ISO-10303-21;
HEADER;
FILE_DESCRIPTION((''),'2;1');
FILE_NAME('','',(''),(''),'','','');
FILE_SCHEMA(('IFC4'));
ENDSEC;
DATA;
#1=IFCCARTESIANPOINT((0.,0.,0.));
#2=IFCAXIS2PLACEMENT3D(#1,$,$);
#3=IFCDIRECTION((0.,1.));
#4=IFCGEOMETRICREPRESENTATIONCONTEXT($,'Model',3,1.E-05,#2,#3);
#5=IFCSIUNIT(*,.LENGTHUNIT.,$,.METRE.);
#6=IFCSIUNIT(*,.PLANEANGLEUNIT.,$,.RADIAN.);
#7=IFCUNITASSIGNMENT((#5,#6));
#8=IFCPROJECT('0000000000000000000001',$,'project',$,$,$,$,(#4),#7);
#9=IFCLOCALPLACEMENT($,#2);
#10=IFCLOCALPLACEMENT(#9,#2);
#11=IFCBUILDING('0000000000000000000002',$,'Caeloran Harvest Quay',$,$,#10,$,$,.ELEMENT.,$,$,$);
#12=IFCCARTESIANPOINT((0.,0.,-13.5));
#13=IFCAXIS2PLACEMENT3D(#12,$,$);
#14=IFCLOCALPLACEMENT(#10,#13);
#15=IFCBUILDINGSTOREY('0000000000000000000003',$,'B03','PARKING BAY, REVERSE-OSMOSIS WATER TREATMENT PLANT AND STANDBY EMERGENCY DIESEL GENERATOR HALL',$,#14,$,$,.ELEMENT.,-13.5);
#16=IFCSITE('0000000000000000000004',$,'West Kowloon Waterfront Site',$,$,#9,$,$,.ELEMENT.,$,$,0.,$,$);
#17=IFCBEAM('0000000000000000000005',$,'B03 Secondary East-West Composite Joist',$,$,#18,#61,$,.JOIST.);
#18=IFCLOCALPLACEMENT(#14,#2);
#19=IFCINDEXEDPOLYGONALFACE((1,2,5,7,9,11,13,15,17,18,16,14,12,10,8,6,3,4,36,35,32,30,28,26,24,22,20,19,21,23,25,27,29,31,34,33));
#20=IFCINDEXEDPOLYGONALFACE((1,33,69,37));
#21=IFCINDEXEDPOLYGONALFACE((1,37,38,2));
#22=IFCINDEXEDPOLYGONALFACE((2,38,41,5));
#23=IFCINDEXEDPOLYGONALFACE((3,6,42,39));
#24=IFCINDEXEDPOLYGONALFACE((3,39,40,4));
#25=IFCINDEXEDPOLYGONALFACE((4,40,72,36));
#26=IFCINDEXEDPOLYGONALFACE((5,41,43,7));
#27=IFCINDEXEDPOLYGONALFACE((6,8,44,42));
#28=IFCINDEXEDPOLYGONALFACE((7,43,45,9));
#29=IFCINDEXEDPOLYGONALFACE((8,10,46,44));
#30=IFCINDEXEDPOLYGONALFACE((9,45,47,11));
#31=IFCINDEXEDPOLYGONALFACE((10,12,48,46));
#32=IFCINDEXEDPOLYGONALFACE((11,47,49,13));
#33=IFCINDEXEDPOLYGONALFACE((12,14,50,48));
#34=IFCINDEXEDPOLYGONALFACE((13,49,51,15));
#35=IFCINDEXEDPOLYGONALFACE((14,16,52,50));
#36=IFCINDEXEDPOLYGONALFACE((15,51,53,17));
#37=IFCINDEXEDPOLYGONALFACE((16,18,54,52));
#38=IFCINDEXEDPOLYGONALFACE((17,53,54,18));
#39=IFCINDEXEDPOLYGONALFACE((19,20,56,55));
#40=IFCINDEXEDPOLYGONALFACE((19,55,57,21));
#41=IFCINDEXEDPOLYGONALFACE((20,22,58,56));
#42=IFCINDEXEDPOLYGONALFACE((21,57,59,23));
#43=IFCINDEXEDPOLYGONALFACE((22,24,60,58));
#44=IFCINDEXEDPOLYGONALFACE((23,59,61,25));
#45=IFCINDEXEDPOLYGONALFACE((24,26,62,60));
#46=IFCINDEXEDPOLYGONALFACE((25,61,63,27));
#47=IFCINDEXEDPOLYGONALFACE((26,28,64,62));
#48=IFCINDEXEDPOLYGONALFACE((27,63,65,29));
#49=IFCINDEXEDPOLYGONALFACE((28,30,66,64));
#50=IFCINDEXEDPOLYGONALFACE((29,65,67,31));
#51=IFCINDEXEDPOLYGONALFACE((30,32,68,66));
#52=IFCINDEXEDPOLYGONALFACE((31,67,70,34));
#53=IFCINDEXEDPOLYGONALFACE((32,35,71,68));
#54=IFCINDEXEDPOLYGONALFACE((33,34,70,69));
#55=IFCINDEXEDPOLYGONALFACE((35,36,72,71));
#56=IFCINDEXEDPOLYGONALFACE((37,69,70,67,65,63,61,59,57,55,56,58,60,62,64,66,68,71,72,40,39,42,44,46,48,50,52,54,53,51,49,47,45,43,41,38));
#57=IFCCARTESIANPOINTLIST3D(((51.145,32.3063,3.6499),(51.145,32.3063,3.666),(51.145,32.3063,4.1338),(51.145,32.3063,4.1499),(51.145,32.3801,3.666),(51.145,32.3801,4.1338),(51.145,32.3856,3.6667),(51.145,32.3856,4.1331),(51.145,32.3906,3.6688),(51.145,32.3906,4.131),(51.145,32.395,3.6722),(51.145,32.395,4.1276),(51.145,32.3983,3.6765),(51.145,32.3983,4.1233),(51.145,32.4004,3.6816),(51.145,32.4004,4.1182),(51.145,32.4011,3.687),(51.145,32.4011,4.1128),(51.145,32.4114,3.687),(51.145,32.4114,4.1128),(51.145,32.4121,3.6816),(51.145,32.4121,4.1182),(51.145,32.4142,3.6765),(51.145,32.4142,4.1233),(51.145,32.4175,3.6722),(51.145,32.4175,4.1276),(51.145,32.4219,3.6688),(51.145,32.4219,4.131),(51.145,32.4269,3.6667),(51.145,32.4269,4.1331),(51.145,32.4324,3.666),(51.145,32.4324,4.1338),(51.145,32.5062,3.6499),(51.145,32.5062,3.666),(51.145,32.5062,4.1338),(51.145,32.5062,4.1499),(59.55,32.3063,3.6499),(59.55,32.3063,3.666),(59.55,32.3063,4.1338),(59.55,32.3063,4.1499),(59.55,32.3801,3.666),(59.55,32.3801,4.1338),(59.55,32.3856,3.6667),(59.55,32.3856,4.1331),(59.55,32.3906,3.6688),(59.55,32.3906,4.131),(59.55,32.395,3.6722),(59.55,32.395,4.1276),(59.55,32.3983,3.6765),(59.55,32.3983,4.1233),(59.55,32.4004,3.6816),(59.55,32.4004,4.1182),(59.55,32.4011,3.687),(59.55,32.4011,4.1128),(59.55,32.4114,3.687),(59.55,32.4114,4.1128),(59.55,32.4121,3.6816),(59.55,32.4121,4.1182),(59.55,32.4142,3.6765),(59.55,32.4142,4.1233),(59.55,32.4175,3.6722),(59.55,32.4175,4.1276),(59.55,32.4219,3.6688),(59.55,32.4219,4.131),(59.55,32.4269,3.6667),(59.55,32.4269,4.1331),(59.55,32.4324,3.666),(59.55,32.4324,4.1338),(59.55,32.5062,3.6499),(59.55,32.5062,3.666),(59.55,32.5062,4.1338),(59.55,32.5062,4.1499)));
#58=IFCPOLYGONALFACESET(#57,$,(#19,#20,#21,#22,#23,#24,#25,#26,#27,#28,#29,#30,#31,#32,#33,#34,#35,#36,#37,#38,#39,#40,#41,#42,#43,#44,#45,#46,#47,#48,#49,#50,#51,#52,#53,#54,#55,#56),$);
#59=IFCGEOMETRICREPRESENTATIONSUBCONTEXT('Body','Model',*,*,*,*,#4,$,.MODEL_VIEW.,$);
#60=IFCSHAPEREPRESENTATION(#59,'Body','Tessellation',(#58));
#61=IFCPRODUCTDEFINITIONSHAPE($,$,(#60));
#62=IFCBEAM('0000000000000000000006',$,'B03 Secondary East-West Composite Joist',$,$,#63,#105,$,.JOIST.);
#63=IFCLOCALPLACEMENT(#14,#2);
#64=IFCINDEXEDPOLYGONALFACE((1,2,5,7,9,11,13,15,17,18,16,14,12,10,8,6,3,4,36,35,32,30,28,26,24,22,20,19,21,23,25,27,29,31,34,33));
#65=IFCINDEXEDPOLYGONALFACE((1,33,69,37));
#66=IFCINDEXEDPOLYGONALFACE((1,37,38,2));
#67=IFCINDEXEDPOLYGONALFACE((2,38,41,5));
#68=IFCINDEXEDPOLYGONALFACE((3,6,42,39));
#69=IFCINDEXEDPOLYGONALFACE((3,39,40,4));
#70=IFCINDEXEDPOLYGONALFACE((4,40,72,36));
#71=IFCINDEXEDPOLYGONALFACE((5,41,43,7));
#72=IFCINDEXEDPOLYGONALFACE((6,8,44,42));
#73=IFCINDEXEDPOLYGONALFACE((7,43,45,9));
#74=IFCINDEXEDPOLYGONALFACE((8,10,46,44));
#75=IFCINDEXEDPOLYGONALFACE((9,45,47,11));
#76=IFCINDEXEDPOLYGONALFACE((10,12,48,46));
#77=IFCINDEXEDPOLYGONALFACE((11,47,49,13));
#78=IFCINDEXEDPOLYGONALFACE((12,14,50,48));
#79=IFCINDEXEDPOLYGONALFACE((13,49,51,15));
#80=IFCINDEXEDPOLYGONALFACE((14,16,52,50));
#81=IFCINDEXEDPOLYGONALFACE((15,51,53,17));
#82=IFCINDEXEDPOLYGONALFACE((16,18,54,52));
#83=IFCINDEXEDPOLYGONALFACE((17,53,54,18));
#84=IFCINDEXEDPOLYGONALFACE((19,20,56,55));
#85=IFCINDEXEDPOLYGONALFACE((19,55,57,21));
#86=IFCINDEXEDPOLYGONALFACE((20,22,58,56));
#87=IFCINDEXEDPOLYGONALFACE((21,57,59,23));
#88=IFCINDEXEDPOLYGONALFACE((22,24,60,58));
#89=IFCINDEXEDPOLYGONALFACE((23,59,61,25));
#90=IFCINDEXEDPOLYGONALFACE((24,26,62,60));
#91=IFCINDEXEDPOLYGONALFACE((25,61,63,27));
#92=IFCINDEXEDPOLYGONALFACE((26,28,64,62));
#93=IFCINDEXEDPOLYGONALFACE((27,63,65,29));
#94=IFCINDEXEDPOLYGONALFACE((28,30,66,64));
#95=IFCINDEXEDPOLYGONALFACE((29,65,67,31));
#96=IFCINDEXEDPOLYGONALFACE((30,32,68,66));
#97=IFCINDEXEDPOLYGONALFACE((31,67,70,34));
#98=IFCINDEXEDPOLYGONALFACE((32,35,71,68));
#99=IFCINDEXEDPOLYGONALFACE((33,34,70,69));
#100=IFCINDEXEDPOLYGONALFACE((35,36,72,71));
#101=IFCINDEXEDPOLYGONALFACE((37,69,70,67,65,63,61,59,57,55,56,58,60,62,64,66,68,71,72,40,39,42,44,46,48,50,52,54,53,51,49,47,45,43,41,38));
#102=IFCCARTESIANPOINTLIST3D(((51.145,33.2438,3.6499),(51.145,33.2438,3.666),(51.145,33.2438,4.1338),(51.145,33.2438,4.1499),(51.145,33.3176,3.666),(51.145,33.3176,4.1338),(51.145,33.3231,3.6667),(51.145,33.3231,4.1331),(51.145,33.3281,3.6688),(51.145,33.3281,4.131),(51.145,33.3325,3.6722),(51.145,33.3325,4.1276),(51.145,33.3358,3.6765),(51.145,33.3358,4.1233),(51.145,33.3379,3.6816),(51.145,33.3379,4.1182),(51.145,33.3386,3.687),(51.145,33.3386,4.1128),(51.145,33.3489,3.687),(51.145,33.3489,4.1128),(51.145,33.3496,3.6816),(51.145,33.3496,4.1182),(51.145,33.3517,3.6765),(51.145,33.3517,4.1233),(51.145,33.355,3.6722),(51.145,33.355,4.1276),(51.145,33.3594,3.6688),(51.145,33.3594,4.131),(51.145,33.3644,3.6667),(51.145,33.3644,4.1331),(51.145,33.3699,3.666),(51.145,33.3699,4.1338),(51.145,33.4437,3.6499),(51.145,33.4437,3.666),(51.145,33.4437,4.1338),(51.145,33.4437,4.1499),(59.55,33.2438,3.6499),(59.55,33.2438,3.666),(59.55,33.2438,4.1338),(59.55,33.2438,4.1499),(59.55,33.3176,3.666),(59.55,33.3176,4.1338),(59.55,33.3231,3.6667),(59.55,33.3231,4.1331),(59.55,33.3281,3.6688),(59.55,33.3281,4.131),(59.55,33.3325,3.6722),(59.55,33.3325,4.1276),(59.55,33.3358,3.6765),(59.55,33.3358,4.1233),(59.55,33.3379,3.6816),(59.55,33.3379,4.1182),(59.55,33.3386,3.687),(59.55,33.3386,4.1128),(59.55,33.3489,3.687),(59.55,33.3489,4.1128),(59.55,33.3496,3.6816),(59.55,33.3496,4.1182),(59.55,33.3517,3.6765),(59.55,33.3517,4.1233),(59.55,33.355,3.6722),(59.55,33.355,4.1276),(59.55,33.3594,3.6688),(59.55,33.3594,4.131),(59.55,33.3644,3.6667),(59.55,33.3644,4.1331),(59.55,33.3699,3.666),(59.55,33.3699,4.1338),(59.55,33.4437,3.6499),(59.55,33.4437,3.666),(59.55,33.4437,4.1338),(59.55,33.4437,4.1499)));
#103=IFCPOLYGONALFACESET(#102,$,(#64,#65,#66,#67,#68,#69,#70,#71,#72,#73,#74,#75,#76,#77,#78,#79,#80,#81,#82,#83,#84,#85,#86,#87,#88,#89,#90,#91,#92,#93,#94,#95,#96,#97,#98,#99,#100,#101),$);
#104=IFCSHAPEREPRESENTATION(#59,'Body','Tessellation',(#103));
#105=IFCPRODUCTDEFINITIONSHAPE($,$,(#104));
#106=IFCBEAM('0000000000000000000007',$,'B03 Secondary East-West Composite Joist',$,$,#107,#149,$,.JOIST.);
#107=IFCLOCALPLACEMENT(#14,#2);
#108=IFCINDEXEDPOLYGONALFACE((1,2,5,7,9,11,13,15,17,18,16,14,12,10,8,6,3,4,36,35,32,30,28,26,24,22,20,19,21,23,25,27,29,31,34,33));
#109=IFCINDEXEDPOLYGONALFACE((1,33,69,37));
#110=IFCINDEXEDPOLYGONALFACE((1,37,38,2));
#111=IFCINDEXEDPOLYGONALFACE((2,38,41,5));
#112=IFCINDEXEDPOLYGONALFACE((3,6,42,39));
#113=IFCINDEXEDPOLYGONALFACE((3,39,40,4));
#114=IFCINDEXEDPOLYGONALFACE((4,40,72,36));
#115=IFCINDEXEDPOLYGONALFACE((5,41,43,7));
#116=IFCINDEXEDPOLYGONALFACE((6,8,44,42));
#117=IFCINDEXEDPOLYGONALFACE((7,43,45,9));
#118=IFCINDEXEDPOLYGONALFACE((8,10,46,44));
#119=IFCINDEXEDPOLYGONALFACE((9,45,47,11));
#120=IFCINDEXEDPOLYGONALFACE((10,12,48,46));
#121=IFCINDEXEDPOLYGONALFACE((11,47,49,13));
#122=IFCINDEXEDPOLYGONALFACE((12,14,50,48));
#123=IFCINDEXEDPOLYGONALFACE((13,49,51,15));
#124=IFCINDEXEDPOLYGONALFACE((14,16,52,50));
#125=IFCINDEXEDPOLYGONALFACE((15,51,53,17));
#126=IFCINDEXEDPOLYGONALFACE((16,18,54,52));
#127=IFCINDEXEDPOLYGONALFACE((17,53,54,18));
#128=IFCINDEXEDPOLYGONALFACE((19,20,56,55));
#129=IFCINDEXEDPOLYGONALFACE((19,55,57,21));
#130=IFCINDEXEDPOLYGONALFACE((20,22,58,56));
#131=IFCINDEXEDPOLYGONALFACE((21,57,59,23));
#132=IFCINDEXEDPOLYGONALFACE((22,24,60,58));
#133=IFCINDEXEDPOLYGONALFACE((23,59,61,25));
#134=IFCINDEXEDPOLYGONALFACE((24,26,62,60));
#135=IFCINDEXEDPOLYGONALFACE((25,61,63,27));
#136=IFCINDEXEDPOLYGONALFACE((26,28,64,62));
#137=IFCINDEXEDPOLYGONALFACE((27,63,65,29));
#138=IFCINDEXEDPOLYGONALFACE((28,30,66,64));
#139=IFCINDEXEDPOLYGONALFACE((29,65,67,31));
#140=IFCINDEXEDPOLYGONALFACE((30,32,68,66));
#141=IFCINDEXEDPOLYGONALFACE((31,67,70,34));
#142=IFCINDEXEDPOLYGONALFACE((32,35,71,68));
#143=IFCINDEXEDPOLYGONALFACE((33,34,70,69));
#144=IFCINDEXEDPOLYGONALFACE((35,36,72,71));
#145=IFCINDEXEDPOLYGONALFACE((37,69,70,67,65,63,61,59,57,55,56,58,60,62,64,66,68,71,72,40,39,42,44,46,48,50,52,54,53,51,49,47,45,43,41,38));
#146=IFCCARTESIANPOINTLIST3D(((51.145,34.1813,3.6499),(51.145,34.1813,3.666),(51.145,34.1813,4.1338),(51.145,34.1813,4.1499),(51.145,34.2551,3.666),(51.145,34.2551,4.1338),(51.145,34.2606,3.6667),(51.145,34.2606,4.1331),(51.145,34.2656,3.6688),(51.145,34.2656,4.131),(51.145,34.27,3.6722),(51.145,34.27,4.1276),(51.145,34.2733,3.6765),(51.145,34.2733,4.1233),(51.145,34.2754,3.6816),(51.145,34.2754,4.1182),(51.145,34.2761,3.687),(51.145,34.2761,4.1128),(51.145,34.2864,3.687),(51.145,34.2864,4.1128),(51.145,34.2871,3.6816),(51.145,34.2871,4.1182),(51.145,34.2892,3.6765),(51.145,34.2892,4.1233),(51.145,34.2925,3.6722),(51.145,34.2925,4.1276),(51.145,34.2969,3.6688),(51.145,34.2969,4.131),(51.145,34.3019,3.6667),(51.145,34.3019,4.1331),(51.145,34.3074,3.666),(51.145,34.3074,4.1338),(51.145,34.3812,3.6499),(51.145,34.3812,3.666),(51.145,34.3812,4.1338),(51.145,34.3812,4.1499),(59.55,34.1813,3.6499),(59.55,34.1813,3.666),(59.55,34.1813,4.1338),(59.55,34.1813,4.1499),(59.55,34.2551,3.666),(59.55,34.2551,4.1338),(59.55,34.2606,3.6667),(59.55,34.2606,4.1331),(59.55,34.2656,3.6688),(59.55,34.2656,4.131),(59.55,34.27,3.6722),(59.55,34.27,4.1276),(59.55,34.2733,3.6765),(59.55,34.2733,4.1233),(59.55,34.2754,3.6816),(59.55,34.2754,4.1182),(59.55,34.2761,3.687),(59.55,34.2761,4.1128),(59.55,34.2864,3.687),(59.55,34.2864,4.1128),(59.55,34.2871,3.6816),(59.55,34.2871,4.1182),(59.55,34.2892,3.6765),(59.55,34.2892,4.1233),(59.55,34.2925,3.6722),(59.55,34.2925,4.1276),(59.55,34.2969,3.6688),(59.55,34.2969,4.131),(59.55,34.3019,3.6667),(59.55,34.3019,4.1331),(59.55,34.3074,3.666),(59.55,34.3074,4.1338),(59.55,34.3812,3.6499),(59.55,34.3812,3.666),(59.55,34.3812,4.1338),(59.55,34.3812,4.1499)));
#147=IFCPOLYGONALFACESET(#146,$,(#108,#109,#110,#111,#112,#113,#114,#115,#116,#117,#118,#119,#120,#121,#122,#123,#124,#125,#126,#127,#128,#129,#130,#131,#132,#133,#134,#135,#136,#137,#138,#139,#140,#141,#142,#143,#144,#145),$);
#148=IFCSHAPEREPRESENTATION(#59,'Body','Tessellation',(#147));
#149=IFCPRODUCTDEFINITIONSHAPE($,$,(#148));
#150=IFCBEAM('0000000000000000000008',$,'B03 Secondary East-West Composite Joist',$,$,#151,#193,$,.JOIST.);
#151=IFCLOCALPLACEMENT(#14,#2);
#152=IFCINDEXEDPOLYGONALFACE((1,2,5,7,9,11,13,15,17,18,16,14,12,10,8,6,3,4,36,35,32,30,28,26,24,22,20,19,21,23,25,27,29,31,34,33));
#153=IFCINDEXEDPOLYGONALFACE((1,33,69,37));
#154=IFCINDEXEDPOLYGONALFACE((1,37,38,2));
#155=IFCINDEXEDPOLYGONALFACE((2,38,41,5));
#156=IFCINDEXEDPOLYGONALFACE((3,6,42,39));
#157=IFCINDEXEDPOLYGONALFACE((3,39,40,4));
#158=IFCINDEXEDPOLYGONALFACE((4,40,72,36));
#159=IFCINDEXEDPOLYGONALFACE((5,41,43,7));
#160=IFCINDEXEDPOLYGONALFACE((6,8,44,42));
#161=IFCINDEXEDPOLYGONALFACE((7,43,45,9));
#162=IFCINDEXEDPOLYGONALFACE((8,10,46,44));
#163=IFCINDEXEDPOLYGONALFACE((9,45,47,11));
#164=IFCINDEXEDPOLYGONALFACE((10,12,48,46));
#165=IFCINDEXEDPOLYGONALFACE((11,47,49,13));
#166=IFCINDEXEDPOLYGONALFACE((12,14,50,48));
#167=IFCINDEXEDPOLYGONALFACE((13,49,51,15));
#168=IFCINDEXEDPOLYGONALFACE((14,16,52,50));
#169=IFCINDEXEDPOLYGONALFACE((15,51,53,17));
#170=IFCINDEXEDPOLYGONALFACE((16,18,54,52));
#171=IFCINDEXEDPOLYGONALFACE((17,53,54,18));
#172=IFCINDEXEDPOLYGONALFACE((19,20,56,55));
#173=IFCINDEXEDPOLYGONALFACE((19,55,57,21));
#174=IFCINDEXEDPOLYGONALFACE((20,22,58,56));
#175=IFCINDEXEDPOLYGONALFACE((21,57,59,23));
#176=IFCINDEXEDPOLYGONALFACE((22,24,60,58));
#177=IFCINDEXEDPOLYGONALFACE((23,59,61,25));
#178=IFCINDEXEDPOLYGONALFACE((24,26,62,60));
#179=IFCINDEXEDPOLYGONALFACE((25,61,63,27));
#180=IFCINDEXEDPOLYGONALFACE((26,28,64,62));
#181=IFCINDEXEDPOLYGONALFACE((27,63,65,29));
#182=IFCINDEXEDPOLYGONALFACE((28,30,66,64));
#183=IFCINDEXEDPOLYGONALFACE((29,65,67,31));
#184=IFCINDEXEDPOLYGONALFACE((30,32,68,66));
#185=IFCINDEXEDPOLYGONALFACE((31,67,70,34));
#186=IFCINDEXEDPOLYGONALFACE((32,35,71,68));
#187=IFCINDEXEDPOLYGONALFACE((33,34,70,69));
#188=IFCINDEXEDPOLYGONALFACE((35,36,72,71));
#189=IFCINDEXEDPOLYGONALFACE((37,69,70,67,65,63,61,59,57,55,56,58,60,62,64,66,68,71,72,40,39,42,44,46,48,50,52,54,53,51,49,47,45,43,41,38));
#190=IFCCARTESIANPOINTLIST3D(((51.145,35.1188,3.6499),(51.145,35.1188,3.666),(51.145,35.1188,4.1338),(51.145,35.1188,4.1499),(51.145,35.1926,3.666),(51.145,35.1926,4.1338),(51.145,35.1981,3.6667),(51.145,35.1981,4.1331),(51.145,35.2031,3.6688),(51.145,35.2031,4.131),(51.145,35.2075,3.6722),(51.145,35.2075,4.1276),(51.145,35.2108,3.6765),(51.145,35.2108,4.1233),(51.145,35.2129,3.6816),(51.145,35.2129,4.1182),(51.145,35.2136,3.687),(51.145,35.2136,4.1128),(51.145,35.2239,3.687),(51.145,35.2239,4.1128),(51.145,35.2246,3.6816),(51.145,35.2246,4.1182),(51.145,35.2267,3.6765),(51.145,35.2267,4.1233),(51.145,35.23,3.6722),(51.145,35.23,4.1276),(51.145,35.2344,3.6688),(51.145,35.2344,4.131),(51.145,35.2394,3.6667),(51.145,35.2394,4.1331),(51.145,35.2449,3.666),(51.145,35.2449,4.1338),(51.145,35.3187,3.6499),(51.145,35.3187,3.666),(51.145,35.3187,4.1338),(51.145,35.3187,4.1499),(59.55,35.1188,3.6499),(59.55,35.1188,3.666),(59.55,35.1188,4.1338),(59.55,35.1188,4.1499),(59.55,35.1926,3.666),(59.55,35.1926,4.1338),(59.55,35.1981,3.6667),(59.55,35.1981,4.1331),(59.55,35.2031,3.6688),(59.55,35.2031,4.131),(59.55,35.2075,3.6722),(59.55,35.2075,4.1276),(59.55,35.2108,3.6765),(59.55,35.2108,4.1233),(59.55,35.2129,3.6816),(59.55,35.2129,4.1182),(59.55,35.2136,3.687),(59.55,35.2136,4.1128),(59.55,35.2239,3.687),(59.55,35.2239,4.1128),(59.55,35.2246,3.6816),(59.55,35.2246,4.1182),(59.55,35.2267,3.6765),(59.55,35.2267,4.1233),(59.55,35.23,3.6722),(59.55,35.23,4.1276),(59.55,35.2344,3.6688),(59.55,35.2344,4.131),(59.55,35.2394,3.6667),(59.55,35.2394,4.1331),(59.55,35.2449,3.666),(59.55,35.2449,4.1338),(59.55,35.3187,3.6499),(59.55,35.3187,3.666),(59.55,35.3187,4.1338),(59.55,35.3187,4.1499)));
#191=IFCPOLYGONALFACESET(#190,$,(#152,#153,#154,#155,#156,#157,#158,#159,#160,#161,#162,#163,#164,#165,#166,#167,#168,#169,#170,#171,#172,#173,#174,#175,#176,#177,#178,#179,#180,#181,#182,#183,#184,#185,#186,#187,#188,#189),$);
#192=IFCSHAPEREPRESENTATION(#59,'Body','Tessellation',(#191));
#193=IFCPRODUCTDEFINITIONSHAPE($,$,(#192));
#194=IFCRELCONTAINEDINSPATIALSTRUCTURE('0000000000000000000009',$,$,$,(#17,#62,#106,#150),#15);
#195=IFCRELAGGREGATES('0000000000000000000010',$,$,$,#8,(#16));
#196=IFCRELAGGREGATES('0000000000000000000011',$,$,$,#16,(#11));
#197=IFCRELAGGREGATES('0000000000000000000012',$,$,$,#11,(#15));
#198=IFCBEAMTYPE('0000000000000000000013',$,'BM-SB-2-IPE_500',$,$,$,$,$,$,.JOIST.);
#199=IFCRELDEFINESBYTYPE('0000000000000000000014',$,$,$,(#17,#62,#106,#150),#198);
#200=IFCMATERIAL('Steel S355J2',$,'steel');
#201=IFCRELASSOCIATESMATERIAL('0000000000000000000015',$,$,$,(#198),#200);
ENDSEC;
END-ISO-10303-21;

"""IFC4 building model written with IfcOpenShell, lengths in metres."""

from ifc_helpers import new_model, si_unit, direction, frame, origin, origin_2d, place, context, subcontext, project, spatial, i_section, extrude, material, material_profile, profile_set, type_object, element, save


model = new_model("IFC4")

# Units and contexts
model_context = context("Model", 3, precision=1e-05, world=origin(), true_north=direction((0.0, 1.0)))
body_context = subcontext(model_context, "Body", "Model", "MODEL_VIEW")
ifc_project = project(units=[si_unit("LENGTHUNIT", "METRE"), si_unit("PLANEANGLEUNIT", "RADIAN")], contexts=[model_context])

# Site, building, storey
site_placement = place(None, origin())
site = spatial("IfcSite", under=ifc_project, at=site_placement, Name="West Kowloon Waterfront Site", CompositionType="ELEMENT", RefElevation=0.0)
building_placement = place(site_placement, origin())
building = spatial("IfcBuilding", under=site, at=building_placement, Name="Caeloran Harvest Quay", CompositionType="ELEMENT")
storey_placement = place(building_placement, frame((0.0, 0.0, -13.5)))
storey = spatial("IfcBuildingStorey", under=building, at=storey_placement, Name="B03", Description="PARKING BAY, REVERSE-OSMOSIS WATER TREATMENT PLANT AND STANDBY EMERGENCY DIESEL GENERATOR HALL", CompositionType="ELEMENT", Elevation=-13.5)

# Beams
ifc_material_1 = material(Name="Steel S355J2", Category="steel")
ifc_material_profile_1 = material_profile(ifc_material_1, i_section(OverallWidth=0.2, OverallDepth=0.5, WebThickness=0.0103, FlangeThickness=0.0161, FilletRadius=0.021, at=origin_2d()), Name="IPE 500")
ifc_profile_set_1 = profile_set([ifc_material_profile_1], Name="Steel S355J2")
beam_type_1 = type_object("IfcBeamType", Name="BM-SB-2-IPE_500", PredefinedType="JOIST", material=ifc_profile_set_1)
for number, where, z_axis, x_axis, name in (
    (1, (51.145, 32.4062, 3.8999), (1.0, 0.0, 0.0), (0.0, 1.0, 0.0), "B03 Secondary East-West Composite Joist"),
    (2, (51.145, 33.3438, 3.8999), (1.0, 0.0, 0.0), (0.0, 1.0, 0.0), "B03 Secondary East-West Composite Joist"),
    (3, (51.145, 34.2812, 3.8999), (1.0, 0.0, 0.0), (0.0, 1.0, 0.0), "B03 Secondary East-West Composite Joist"),
    (4, (51.145, 35.2188, 3.8999), (1.0, 0.0, 0.0), (0.0, 1.0, 0.0), "B03 Secondary East-West Composite Joist"),
):
    element("IfcBeam", number, at=place(storey_placement, frame(where, z_axis=z_axis, x_axis=x_axis)), inside=storey, type_object=beam_type_1, Name=name, PredefinedType="JOIST", context=body_context, shape_type="SweptSolid", body=[
        extrude(i_section(OverallWidth=0.2, OverallDepth=0.5, WebThickness=0.0103, FlangeThickness=0.0161, FilletRadius=0.021, at=origin_2d()), origin(), (0.0, 0.0, 1.0), 8.405),
    ])

save(model, "model.ifc")
